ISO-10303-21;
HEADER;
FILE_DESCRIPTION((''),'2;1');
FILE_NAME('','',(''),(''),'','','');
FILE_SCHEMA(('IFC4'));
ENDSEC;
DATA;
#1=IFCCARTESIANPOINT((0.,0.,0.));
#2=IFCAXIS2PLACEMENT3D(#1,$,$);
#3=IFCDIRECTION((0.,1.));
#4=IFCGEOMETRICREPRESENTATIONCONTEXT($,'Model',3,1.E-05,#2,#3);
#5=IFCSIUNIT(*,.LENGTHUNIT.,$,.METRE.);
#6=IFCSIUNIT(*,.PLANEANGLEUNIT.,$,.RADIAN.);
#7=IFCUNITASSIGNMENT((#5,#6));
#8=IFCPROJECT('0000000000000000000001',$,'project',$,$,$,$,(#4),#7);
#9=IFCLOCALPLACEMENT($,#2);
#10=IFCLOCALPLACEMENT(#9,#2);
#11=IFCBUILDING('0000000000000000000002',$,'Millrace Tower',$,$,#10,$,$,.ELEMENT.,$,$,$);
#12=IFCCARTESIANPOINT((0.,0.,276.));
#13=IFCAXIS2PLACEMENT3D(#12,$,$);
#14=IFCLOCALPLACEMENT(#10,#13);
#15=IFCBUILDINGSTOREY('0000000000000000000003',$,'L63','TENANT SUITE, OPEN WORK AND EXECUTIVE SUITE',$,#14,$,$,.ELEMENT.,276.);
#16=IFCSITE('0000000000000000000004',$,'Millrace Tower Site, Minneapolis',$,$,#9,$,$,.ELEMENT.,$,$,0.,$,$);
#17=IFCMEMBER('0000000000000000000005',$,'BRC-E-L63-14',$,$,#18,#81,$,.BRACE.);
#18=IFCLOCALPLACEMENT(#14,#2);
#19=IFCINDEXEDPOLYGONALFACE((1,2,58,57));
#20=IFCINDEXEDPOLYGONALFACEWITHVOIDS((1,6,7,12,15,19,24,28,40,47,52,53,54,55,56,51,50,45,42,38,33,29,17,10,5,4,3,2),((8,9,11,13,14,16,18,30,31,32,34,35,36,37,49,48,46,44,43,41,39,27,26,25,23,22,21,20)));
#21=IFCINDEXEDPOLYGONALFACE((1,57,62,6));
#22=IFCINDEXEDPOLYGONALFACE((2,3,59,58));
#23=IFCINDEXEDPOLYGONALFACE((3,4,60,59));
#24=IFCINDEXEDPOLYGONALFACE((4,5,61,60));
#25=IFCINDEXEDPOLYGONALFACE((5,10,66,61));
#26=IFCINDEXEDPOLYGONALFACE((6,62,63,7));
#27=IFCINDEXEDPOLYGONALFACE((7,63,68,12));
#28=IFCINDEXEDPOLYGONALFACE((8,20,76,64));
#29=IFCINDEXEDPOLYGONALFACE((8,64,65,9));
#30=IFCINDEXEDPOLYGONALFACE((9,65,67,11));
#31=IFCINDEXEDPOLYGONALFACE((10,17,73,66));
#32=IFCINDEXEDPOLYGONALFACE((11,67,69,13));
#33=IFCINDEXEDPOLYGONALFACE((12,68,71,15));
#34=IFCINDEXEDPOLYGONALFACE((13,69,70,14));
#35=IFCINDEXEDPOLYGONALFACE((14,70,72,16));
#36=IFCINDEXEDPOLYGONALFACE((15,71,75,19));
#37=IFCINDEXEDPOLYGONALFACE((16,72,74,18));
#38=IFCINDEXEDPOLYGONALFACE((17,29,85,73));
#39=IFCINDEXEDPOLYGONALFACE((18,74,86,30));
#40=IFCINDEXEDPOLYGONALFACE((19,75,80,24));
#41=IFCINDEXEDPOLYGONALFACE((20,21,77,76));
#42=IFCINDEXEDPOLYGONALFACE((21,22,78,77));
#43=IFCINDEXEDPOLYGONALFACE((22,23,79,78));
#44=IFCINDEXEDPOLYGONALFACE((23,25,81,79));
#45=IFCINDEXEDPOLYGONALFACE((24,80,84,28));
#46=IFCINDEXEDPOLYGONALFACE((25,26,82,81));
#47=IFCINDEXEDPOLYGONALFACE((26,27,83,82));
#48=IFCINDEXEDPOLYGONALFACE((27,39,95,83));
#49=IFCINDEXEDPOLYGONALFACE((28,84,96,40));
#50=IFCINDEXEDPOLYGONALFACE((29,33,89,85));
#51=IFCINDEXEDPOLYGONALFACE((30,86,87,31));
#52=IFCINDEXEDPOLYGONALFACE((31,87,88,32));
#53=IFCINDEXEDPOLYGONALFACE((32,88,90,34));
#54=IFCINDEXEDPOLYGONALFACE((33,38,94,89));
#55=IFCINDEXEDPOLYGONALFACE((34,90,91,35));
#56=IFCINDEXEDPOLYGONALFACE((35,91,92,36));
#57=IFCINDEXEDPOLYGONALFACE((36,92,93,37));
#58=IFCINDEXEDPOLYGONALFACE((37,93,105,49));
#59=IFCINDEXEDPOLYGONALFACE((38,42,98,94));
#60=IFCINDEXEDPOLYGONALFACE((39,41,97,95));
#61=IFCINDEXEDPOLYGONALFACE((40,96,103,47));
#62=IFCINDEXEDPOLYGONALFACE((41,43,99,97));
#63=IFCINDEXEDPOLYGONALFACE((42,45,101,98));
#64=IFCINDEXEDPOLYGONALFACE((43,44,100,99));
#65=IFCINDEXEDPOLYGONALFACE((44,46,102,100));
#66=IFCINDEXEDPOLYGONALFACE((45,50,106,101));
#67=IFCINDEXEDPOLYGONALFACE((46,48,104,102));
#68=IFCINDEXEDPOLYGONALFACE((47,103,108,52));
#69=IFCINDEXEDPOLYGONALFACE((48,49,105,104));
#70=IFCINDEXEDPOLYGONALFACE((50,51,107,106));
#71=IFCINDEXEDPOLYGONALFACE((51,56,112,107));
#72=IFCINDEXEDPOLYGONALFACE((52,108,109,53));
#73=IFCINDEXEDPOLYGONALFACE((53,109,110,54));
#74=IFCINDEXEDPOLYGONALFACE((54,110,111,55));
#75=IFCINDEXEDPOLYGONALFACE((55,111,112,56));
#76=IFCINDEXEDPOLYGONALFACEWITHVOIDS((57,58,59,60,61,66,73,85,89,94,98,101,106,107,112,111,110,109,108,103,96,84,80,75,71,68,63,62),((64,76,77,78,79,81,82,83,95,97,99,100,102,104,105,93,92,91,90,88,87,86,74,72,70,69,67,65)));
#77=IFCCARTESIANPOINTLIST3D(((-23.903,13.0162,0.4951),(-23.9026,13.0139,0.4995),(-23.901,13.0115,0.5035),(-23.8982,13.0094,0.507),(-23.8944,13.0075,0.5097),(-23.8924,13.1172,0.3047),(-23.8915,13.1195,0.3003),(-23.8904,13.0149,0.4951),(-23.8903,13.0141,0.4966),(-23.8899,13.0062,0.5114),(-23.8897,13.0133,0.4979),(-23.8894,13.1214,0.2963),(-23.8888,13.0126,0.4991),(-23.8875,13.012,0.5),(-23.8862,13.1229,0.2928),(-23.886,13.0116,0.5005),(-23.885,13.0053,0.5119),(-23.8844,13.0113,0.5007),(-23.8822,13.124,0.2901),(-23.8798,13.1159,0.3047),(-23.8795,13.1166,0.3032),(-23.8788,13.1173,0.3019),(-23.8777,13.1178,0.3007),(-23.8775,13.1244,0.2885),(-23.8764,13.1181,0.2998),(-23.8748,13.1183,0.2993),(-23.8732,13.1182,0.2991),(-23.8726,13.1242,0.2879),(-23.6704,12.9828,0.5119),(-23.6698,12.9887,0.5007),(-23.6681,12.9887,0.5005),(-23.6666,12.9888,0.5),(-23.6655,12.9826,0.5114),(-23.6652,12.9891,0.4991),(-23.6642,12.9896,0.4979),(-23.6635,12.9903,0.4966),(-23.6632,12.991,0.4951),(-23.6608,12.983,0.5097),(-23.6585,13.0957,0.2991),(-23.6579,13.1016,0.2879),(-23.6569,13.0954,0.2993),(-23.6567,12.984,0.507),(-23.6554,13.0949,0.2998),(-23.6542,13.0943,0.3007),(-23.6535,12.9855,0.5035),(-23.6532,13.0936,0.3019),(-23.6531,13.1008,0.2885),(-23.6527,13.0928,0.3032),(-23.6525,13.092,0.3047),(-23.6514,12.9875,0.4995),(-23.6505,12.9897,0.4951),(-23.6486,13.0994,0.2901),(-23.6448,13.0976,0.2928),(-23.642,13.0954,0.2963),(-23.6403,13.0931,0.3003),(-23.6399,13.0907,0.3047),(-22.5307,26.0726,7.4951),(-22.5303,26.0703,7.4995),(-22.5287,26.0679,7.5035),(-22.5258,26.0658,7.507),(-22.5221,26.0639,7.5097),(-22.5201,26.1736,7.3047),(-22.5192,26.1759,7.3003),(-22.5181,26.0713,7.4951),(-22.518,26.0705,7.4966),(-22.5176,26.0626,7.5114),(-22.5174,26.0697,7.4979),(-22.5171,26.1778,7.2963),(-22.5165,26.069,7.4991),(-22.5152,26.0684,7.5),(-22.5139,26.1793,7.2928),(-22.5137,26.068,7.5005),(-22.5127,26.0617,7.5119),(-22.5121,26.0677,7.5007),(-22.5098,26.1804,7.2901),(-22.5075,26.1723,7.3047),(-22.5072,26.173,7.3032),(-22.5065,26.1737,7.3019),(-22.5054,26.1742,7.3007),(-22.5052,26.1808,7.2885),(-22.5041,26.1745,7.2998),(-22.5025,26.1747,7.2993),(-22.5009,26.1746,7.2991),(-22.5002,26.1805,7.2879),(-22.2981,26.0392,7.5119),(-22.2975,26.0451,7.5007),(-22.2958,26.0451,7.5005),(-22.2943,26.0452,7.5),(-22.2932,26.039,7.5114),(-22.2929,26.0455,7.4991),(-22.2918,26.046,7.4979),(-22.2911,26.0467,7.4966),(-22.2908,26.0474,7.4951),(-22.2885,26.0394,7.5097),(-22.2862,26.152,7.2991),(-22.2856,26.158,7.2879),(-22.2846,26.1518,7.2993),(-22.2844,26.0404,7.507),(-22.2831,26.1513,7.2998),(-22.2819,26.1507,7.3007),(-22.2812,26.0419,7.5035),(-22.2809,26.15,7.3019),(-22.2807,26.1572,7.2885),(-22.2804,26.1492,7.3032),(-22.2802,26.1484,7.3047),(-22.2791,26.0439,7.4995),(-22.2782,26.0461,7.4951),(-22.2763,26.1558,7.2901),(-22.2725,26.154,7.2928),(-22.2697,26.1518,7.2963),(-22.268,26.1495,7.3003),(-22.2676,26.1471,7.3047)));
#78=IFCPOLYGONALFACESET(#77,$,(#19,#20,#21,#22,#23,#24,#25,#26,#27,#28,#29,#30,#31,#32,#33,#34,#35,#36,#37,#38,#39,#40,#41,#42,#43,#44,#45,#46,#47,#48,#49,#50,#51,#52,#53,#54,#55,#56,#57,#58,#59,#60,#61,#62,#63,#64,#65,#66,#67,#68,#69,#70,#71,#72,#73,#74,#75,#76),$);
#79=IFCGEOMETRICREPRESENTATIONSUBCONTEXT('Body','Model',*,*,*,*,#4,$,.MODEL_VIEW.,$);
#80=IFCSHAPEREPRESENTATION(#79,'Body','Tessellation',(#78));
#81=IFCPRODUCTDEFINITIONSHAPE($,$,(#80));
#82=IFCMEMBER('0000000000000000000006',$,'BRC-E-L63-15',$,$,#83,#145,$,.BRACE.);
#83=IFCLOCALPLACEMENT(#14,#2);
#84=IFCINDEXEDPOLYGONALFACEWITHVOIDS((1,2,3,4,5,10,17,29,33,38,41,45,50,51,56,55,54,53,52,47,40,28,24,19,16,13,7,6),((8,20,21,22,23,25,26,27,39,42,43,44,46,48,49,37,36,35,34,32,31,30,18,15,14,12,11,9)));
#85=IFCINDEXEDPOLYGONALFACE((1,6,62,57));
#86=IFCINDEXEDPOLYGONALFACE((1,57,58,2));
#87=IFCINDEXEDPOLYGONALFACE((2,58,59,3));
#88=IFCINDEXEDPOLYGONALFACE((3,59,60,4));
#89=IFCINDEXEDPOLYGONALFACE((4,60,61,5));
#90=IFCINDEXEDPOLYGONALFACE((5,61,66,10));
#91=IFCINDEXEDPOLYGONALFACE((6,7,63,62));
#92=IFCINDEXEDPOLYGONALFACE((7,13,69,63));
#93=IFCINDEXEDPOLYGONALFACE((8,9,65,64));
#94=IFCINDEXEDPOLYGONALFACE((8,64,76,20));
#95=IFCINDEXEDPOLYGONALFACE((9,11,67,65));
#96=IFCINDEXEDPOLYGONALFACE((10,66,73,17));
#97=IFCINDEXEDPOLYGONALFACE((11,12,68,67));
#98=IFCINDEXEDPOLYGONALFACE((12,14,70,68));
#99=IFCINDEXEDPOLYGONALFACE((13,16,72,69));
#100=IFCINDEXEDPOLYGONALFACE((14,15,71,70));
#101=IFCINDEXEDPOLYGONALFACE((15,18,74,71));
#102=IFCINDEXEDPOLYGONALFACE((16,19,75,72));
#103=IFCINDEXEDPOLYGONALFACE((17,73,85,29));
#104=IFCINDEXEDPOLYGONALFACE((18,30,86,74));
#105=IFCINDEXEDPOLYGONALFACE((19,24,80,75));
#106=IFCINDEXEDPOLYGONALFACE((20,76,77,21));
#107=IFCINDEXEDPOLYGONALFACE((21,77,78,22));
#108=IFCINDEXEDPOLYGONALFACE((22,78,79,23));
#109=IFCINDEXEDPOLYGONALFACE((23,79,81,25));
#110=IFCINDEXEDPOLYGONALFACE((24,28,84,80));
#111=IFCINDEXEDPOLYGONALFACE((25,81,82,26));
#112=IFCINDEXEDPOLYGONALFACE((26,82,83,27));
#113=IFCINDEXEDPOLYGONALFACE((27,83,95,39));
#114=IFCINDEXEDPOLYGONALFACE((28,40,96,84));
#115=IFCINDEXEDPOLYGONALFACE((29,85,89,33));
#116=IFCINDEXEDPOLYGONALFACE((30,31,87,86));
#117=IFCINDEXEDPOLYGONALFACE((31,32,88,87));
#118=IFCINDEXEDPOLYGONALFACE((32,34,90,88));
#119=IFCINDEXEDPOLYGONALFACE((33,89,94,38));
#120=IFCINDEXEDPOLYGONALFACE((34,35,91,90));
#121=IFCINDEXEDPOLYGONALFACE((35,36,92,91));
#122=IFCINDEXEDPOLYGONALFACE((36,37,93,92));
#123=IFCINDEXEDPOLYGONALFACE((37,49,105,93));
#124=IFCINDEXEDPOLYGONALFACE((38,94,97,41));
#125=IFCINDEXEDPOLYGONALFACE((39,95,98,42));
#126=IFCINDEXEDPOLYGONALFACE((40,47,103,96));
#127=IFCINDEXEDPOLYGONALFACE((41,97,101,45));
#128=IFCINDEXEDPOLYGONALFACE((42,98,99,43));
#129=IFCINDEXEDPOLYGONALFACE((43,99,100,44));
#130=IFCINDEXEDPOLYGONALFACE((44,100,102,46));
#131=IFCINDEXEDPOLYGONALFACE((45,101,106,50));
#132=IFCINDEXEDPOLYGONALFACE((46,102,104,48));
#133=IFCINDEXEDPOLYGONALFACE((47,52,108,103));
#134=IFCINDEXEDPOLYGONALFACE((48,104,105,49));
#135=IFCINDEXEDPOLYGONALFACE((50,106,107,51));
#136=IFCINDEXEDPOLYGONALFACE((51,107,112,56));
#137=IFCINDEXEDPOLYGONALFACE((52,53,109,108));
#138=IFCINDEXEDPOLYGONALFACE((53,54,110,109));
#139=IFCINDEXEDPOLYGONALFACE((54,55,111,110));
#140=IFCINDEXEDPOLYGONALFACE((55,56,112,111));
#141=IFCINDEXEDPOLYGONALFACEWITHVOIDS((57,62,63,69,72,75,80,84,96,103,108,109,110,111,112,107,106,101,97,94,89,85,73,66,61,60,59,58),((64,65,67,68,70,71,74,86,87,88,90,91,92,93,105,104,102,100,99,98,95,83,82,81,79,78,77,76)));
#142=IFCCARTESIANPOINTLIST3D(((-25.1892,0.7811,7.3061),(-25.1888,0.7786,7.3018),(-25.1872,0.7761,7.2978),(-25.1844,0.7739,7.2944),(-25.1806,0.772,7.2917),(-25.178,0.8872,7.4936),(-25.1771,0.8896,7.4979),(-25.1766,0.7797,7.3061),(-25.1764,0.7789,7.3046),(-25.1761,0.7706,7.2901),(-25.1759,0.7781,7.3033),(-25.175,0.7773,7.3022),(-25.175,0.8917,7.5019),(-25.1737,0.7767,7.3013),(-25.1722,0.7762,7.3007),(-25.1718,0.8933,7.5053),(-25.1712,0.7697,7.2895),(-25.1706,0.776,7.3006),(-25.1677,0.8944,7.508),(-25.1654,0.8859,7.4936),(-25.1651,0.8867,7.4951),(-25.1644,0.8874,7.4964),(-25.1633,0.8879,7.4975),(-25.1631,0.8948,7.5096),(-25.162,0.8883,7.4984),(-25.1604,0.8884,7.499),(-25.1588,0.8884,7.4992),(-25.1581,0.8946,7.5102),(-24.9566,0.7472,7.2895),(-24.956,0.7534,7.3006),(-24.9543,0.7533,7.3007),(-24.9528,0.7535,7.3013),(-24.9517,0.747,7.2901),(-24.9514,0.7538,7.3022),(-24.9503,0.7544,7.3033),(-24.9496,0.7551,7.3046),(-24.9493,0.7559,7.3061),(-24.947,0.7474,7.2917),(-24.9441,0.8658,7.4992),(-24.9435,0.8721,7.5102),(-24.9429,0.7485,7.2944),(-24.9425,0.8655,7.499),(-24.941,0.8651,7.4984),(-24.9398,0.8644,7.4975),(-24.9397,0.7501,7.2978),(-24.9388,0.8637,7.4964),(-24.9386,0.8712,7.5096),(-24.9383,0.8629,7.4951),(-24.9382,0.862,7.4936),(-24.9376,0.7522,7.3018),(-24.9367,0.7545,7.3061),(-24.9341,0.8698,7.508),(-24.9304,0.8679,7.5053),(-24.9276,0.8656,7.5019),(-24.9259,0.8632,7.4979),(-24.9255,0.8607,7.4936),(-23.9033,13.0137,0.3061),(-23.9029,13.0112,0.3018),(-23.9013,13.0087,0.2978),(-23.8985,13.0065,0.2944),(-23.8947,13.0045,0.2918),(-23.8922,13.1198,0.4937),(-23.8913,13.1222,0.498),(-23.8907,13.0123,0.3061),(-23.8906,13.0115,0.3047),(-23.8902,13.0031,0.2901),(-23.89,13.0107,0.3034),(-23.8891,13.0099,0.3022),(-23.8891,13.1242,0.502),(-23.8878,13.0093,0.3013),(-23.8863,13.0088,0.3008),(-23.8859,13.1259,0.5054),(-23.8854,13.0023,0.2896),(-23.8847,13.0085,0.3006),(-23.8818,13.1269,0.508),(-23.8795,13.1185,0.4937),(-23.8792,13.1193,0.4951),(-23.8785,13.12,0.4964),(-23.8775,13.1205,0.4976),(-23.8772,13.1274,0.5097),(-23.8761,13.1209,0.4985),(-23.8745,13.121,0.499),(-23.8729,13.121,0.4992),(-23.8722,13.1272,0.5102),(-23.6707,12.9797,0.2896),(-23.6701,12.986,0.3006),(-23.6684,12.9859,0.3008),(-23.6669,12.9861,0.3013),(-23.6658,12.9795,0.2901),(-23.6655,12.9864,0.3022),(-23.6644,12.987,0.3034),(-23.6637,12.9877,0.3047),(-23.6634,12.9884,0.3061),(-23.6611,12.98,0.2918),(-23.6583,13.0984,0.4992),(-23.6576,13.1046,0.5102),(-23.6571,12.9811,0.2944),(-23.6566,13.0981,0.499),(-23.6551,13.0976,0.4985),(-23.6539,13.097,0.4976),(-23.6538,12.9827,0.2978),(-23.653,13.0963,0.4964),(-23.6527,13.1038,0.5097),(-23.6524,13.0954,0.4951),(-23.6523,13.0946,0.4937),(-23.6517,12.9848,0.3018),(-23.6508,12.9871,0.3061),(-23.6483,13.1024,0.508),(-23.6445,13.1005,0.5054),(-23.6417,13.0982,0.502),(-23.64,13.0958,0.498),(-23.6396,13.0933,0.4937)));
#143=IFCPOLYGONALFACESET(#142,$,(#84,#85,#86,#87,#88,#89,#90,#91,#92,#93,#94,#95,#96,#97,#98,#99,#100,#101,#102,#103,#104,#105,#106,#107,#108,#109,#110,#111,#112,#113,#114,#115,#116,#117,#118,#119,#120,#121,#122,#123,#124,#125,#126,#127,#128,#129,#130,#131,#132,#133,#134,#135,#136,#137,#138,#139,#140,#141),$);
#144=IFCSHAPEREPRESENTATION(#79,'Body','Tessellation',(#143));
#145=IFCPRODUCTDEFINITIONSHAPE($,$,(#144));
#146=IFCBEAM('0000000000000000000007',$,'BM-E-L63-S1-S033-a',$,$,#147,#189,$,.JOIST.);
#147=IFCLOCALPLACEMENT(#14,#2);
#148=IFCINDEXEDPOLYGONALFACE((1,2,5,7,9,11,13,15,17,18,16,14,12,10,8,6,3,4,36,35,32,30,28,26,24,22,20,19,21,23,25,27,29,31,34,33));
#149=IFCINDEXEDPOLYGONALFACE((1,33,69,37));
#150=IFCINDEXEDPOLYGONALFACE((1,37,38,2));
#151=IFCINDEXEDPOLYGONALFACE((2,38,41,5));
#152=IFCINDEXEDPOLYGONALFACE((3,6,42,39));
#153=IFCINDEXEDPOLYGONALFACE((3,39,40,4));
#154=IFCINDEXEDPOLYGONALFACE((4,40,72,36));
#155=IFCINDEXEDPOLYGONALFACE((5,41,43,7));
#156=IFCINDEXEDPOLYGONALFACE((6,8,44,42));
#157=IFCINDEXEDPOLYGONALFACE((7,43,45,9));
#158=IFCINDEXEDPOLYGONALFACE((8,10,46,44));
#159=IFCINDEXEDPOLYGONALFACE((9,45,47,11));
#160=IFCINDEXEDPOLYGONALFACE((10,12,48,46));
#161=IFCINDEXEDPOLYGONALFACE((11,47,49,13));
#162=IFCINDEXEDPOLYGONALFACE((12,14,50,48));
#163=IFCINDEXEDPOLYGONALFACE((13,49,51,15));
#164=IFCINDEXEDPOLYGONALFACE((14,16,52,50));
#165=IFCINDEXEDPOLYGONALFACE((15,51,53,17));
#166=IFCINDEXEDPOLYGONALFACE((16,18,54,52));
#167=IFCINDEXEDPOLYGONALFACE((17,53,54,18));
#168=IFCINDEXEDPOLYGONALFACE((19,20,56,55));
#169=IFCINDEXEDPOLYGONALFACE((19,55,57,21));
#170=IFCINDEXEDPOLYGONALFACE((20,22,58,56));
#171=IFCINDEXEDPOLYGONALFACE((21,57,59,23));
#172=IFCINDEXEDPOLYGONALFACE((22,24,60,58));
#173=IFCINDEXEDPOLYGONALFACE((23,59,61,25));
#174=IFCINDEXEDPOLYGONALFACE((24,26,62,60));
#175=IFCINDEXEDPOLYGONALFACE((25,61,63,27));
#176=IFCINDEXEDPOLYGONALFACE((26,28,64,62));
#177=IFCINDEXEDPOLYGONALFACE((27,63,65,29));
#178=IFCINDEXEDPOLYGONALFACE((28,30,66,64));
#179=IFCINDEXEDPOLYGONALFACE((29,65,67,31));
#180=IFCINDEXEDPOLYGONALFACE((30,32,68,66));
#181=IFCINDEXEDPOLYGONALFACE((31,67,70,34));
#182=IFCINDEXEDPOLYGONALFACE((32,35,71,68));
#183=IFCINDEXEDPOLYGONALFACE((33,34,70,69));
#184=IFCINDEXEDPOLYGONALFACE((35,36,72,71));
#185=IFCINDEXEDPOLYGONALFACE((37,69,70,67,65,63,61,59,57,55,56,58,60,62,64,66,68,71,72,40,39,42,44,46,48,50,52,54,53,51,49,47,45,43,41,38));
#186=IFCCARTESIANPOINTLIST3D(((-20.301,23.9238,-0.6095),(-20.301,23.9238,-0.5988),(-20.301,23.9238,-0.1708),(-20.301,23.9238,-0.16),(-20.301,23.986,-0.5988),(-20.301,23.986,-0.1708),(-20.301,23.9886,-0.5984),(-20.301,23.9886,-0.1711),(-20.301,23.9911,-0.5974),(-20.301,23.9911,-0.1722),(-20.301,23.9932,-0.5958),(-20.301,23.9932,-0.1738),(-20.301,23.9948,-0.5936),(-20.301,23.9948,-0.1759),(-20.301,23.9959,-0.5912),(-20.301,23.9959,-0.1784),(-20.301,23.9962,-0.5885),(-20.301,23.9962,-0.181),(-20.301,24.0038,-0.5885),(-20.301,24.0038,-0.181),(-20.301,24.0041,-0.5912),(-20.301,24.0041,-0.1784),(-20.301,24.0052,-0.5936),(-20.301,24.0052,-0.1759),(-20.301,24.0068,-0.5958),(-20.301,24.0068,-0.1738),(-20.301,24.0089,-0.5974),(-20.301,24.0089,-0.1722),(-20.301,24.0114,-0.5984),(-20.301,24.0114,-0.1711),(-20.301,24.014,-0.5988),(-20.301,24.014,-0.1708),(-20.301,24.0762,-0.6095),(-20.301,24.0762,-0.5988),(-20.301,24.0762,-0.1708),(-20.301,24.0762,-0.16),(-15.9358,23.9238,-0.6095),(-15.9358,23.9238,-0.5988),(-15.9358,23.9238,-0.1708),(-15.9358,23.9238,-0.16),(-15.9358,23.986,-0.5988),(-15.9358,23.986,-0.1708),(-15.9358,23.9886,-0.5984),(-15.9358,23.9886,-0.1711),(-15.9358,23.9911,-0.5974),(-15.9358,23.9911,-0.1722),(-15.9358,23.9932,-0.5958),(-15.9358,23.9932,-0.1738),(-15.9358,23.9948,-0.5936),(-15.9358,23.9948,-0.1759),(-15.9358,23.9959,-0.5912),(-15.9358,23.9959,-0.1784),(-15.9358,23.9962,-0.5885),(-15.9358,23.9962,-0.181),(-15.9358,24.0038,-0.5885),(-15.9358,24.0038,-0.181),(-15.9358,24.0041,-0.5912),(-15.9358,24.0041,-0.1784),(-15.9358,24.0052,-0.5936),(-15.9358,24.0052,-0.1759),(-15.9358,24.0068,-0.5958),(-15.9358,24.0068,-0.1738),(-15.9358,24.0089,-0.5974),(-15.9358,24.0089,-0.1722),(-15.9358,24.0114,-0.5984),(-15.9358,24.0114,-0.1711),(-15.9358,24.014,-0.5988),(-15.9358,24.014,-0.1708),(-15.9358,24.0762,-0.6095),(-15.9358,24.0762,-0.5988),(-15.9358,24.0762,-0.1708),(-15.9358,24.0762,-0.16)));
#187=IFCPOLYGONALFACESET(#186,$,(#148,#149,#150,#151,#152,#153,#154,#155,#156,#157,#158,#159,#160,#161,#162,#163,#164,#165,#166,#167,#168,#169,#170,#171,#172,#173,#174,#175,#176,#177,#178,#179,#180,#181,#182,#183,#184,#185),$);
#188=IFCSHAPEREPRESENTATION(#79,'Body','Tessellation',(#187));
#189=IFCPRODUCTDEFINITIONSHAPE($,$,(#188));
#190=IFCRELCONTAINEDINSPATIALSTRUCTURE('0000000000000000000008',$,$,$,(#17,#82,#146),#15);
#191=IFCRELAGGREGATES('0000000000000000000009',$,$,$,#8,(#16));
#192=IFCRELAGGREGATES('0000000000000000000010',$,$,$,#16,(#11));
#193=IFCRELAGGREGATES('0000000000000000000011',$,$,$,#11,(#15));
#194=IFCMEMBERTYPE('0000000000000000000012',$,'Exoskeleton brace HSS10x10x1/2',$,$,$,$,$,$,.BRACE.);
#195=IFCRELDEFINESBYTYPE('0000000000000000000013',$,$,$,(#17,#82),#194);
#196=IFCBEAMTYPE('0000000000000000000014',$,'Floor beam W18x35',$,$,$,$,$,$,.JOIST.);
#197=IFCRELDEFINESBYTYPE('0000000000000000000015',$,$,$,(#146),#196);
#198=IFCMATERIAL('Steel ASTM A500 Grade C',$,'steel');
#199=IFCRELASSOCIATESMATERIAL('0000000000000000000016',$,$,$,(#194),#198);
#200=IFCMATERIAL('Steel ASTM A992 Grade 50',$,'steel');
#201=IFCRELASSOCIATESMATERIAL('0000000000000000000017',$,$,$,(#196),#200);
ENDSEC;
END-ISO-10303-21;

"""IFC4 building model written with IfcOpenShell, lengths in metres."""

from ifc_helpers import new_model, si_unit, direction, frame, origin, origin_2d, place, context, subcontext, project, spatial, hollow_rectangle, i_section, extrude, material, material_profile, profile_set, type_object, element, save


model = new_model("IFC4")

# Units and contexts
model_context = context("Model", 3, precision=1e-05, world=origin(), true_north=direction((0.0, 1.0)))
body_context = subcontext(model_context, "Body", "Model", "MODEL_VIEW")
ifc_project = project(units=[si_unit("LENGTHUNIT", "METRE"), si_unit("PLANEANGLEUNIT", "RADIAN")], contexts=[model_context])

# Site, building, storey
site_placement = place(None, origin())
site = spatial("IfcSite", under=ifc_project, at=site_placement, Name="Millrace Tower Site, Minneapolis", CompositionType="ELEMENT", RefElevation=0.0)
building_placement = place(site_placement, origin())
building = spatial("IfcBuilding", under=site, at=building_placement, Name="Millrace Tower", CompositionType="ELEMENT")
storey_placement = place(building_placement, frame((0.0, 0.0, 276.0)))
storey = spatial("IfcBuildingStorey", under=building, at=storey_placement, Name="L63", Description="TENANT SUITE, OPEN WORK AND EXECUTIVE SUITE", CompositionType="ELEMENT", Elevation=276.0)

# Members
ifc_material_1 = material(Name="Steel ASTM A500 Grade C", Category="steel")
ifc_material_profile_1 = material_profile(ifc_material_1, hollow_rectangle(XDim=0.2539, YDim=0.2539, WallThickness=0.0127, InnerFilletRadius=0.0063, OuterFilletRadius=0.019, at=origin_2d()))
ifc_profile_set_1 = profile_set([ifc_material_profile_1], Name="Steel ASTM A500 Grade C")
member_type_1 = type_object("IfcMemberType", Name="Exoskeleton brace HSS10x10x1/2", PredefinedType="BRACE", material=ifc_profile_set_1)
member_1_placement = place(storey_placement, frame((-23.7715, 13.0535, 0.3999), z_axis=(0.092238, 0.877568, 0.470496), x_axis=(-0.994522, 0.104531, 0.0)))
element("IfcMember", 1, at=member_1_placement, inside=storey, type_object=member_type_1, Name="BRC-E-L63-14", PredefinedType="BRACE", context=body_context, shape_type="SweptSolid", body=[
    extrude(hollow_rectangle(XDim=0.2539, YDim=0.2539, WallThickness=0.0127, InnerFilletRadius=0.0063, OuterFilletRadius=0.019, at=origin_2d()), origin(), (0.0, 0.0, 1.0), 14.8779),
])
member_2_placement = place(storey_placement, frame((-23.7715, 13.0535, 0.3999), z_axis=(-0.09086, -0.86435, 0.494614), x_axis=(0.99452, -0.104543, 0.0)))
element("IfcMember", 2, at=member_2_placement, inside=storey, type_object=member_type_1, Name="BRC-E-L63-15", PredefinedType="BRACE", context=body_context, shape_type="SweptSolid", body=[
    extrude(hollow_rectangle(XDim=0.2539, YDim=0.2539, WallThickness=0.0127, InnerFilletRadius=0.0063, OuterFilletRadius=0.019, at=origin_2d()), origin(), (0.0, 0.0, 1.0), 14.1523),
])

# Beam
ifc_material_2 = material(Name="Steel ASTM A992 Grade 50", Category="steel")
ifc_material_profile_2 = material_profile(ifc_material_2, i_section(OverallWidth=0.1523, OverallDepth=0.4495, WebThickness=0.0076, FlangeThickness=0.0107, FilletRadius=0.0103, at=origin_2d()))
ifc_profile_set_2 = profile_set([ifc_material_profile_2], Name="Steel ASTM A992 Grade 50")
beam_type_1 = type_object("IfcBeamType", Name="Floor beam W18x35", PredefinedType="JOIST", material=ifc_profile_set_2)
beam_1_placement = place(storey_placement, frame((-20.301, 24.0, -0.3848), z_axis=(1.0, 0.0, 0.0), x_axis=(0.0, 1.0, 0.0)))
element("IfcBeam", 3, at=beam_1_placement, inside=storey, type_object=beam_type_1, Name="BM-E-L63-S1-S033-a", PredefinedType="JOIST", context=body_context, shape_type="SweptSolid", body=[
    extrude(i_section(OverallWidth=0.1523, OverallDepth=0.4495, WebThickness=0.0076, FlangeThickness=0.0107, FilletRadius=0.0103, at=origin_2d()), origin(), (0.0, 0.0, 1.0), 4.3652),
])

save(model, "model.ifc")
